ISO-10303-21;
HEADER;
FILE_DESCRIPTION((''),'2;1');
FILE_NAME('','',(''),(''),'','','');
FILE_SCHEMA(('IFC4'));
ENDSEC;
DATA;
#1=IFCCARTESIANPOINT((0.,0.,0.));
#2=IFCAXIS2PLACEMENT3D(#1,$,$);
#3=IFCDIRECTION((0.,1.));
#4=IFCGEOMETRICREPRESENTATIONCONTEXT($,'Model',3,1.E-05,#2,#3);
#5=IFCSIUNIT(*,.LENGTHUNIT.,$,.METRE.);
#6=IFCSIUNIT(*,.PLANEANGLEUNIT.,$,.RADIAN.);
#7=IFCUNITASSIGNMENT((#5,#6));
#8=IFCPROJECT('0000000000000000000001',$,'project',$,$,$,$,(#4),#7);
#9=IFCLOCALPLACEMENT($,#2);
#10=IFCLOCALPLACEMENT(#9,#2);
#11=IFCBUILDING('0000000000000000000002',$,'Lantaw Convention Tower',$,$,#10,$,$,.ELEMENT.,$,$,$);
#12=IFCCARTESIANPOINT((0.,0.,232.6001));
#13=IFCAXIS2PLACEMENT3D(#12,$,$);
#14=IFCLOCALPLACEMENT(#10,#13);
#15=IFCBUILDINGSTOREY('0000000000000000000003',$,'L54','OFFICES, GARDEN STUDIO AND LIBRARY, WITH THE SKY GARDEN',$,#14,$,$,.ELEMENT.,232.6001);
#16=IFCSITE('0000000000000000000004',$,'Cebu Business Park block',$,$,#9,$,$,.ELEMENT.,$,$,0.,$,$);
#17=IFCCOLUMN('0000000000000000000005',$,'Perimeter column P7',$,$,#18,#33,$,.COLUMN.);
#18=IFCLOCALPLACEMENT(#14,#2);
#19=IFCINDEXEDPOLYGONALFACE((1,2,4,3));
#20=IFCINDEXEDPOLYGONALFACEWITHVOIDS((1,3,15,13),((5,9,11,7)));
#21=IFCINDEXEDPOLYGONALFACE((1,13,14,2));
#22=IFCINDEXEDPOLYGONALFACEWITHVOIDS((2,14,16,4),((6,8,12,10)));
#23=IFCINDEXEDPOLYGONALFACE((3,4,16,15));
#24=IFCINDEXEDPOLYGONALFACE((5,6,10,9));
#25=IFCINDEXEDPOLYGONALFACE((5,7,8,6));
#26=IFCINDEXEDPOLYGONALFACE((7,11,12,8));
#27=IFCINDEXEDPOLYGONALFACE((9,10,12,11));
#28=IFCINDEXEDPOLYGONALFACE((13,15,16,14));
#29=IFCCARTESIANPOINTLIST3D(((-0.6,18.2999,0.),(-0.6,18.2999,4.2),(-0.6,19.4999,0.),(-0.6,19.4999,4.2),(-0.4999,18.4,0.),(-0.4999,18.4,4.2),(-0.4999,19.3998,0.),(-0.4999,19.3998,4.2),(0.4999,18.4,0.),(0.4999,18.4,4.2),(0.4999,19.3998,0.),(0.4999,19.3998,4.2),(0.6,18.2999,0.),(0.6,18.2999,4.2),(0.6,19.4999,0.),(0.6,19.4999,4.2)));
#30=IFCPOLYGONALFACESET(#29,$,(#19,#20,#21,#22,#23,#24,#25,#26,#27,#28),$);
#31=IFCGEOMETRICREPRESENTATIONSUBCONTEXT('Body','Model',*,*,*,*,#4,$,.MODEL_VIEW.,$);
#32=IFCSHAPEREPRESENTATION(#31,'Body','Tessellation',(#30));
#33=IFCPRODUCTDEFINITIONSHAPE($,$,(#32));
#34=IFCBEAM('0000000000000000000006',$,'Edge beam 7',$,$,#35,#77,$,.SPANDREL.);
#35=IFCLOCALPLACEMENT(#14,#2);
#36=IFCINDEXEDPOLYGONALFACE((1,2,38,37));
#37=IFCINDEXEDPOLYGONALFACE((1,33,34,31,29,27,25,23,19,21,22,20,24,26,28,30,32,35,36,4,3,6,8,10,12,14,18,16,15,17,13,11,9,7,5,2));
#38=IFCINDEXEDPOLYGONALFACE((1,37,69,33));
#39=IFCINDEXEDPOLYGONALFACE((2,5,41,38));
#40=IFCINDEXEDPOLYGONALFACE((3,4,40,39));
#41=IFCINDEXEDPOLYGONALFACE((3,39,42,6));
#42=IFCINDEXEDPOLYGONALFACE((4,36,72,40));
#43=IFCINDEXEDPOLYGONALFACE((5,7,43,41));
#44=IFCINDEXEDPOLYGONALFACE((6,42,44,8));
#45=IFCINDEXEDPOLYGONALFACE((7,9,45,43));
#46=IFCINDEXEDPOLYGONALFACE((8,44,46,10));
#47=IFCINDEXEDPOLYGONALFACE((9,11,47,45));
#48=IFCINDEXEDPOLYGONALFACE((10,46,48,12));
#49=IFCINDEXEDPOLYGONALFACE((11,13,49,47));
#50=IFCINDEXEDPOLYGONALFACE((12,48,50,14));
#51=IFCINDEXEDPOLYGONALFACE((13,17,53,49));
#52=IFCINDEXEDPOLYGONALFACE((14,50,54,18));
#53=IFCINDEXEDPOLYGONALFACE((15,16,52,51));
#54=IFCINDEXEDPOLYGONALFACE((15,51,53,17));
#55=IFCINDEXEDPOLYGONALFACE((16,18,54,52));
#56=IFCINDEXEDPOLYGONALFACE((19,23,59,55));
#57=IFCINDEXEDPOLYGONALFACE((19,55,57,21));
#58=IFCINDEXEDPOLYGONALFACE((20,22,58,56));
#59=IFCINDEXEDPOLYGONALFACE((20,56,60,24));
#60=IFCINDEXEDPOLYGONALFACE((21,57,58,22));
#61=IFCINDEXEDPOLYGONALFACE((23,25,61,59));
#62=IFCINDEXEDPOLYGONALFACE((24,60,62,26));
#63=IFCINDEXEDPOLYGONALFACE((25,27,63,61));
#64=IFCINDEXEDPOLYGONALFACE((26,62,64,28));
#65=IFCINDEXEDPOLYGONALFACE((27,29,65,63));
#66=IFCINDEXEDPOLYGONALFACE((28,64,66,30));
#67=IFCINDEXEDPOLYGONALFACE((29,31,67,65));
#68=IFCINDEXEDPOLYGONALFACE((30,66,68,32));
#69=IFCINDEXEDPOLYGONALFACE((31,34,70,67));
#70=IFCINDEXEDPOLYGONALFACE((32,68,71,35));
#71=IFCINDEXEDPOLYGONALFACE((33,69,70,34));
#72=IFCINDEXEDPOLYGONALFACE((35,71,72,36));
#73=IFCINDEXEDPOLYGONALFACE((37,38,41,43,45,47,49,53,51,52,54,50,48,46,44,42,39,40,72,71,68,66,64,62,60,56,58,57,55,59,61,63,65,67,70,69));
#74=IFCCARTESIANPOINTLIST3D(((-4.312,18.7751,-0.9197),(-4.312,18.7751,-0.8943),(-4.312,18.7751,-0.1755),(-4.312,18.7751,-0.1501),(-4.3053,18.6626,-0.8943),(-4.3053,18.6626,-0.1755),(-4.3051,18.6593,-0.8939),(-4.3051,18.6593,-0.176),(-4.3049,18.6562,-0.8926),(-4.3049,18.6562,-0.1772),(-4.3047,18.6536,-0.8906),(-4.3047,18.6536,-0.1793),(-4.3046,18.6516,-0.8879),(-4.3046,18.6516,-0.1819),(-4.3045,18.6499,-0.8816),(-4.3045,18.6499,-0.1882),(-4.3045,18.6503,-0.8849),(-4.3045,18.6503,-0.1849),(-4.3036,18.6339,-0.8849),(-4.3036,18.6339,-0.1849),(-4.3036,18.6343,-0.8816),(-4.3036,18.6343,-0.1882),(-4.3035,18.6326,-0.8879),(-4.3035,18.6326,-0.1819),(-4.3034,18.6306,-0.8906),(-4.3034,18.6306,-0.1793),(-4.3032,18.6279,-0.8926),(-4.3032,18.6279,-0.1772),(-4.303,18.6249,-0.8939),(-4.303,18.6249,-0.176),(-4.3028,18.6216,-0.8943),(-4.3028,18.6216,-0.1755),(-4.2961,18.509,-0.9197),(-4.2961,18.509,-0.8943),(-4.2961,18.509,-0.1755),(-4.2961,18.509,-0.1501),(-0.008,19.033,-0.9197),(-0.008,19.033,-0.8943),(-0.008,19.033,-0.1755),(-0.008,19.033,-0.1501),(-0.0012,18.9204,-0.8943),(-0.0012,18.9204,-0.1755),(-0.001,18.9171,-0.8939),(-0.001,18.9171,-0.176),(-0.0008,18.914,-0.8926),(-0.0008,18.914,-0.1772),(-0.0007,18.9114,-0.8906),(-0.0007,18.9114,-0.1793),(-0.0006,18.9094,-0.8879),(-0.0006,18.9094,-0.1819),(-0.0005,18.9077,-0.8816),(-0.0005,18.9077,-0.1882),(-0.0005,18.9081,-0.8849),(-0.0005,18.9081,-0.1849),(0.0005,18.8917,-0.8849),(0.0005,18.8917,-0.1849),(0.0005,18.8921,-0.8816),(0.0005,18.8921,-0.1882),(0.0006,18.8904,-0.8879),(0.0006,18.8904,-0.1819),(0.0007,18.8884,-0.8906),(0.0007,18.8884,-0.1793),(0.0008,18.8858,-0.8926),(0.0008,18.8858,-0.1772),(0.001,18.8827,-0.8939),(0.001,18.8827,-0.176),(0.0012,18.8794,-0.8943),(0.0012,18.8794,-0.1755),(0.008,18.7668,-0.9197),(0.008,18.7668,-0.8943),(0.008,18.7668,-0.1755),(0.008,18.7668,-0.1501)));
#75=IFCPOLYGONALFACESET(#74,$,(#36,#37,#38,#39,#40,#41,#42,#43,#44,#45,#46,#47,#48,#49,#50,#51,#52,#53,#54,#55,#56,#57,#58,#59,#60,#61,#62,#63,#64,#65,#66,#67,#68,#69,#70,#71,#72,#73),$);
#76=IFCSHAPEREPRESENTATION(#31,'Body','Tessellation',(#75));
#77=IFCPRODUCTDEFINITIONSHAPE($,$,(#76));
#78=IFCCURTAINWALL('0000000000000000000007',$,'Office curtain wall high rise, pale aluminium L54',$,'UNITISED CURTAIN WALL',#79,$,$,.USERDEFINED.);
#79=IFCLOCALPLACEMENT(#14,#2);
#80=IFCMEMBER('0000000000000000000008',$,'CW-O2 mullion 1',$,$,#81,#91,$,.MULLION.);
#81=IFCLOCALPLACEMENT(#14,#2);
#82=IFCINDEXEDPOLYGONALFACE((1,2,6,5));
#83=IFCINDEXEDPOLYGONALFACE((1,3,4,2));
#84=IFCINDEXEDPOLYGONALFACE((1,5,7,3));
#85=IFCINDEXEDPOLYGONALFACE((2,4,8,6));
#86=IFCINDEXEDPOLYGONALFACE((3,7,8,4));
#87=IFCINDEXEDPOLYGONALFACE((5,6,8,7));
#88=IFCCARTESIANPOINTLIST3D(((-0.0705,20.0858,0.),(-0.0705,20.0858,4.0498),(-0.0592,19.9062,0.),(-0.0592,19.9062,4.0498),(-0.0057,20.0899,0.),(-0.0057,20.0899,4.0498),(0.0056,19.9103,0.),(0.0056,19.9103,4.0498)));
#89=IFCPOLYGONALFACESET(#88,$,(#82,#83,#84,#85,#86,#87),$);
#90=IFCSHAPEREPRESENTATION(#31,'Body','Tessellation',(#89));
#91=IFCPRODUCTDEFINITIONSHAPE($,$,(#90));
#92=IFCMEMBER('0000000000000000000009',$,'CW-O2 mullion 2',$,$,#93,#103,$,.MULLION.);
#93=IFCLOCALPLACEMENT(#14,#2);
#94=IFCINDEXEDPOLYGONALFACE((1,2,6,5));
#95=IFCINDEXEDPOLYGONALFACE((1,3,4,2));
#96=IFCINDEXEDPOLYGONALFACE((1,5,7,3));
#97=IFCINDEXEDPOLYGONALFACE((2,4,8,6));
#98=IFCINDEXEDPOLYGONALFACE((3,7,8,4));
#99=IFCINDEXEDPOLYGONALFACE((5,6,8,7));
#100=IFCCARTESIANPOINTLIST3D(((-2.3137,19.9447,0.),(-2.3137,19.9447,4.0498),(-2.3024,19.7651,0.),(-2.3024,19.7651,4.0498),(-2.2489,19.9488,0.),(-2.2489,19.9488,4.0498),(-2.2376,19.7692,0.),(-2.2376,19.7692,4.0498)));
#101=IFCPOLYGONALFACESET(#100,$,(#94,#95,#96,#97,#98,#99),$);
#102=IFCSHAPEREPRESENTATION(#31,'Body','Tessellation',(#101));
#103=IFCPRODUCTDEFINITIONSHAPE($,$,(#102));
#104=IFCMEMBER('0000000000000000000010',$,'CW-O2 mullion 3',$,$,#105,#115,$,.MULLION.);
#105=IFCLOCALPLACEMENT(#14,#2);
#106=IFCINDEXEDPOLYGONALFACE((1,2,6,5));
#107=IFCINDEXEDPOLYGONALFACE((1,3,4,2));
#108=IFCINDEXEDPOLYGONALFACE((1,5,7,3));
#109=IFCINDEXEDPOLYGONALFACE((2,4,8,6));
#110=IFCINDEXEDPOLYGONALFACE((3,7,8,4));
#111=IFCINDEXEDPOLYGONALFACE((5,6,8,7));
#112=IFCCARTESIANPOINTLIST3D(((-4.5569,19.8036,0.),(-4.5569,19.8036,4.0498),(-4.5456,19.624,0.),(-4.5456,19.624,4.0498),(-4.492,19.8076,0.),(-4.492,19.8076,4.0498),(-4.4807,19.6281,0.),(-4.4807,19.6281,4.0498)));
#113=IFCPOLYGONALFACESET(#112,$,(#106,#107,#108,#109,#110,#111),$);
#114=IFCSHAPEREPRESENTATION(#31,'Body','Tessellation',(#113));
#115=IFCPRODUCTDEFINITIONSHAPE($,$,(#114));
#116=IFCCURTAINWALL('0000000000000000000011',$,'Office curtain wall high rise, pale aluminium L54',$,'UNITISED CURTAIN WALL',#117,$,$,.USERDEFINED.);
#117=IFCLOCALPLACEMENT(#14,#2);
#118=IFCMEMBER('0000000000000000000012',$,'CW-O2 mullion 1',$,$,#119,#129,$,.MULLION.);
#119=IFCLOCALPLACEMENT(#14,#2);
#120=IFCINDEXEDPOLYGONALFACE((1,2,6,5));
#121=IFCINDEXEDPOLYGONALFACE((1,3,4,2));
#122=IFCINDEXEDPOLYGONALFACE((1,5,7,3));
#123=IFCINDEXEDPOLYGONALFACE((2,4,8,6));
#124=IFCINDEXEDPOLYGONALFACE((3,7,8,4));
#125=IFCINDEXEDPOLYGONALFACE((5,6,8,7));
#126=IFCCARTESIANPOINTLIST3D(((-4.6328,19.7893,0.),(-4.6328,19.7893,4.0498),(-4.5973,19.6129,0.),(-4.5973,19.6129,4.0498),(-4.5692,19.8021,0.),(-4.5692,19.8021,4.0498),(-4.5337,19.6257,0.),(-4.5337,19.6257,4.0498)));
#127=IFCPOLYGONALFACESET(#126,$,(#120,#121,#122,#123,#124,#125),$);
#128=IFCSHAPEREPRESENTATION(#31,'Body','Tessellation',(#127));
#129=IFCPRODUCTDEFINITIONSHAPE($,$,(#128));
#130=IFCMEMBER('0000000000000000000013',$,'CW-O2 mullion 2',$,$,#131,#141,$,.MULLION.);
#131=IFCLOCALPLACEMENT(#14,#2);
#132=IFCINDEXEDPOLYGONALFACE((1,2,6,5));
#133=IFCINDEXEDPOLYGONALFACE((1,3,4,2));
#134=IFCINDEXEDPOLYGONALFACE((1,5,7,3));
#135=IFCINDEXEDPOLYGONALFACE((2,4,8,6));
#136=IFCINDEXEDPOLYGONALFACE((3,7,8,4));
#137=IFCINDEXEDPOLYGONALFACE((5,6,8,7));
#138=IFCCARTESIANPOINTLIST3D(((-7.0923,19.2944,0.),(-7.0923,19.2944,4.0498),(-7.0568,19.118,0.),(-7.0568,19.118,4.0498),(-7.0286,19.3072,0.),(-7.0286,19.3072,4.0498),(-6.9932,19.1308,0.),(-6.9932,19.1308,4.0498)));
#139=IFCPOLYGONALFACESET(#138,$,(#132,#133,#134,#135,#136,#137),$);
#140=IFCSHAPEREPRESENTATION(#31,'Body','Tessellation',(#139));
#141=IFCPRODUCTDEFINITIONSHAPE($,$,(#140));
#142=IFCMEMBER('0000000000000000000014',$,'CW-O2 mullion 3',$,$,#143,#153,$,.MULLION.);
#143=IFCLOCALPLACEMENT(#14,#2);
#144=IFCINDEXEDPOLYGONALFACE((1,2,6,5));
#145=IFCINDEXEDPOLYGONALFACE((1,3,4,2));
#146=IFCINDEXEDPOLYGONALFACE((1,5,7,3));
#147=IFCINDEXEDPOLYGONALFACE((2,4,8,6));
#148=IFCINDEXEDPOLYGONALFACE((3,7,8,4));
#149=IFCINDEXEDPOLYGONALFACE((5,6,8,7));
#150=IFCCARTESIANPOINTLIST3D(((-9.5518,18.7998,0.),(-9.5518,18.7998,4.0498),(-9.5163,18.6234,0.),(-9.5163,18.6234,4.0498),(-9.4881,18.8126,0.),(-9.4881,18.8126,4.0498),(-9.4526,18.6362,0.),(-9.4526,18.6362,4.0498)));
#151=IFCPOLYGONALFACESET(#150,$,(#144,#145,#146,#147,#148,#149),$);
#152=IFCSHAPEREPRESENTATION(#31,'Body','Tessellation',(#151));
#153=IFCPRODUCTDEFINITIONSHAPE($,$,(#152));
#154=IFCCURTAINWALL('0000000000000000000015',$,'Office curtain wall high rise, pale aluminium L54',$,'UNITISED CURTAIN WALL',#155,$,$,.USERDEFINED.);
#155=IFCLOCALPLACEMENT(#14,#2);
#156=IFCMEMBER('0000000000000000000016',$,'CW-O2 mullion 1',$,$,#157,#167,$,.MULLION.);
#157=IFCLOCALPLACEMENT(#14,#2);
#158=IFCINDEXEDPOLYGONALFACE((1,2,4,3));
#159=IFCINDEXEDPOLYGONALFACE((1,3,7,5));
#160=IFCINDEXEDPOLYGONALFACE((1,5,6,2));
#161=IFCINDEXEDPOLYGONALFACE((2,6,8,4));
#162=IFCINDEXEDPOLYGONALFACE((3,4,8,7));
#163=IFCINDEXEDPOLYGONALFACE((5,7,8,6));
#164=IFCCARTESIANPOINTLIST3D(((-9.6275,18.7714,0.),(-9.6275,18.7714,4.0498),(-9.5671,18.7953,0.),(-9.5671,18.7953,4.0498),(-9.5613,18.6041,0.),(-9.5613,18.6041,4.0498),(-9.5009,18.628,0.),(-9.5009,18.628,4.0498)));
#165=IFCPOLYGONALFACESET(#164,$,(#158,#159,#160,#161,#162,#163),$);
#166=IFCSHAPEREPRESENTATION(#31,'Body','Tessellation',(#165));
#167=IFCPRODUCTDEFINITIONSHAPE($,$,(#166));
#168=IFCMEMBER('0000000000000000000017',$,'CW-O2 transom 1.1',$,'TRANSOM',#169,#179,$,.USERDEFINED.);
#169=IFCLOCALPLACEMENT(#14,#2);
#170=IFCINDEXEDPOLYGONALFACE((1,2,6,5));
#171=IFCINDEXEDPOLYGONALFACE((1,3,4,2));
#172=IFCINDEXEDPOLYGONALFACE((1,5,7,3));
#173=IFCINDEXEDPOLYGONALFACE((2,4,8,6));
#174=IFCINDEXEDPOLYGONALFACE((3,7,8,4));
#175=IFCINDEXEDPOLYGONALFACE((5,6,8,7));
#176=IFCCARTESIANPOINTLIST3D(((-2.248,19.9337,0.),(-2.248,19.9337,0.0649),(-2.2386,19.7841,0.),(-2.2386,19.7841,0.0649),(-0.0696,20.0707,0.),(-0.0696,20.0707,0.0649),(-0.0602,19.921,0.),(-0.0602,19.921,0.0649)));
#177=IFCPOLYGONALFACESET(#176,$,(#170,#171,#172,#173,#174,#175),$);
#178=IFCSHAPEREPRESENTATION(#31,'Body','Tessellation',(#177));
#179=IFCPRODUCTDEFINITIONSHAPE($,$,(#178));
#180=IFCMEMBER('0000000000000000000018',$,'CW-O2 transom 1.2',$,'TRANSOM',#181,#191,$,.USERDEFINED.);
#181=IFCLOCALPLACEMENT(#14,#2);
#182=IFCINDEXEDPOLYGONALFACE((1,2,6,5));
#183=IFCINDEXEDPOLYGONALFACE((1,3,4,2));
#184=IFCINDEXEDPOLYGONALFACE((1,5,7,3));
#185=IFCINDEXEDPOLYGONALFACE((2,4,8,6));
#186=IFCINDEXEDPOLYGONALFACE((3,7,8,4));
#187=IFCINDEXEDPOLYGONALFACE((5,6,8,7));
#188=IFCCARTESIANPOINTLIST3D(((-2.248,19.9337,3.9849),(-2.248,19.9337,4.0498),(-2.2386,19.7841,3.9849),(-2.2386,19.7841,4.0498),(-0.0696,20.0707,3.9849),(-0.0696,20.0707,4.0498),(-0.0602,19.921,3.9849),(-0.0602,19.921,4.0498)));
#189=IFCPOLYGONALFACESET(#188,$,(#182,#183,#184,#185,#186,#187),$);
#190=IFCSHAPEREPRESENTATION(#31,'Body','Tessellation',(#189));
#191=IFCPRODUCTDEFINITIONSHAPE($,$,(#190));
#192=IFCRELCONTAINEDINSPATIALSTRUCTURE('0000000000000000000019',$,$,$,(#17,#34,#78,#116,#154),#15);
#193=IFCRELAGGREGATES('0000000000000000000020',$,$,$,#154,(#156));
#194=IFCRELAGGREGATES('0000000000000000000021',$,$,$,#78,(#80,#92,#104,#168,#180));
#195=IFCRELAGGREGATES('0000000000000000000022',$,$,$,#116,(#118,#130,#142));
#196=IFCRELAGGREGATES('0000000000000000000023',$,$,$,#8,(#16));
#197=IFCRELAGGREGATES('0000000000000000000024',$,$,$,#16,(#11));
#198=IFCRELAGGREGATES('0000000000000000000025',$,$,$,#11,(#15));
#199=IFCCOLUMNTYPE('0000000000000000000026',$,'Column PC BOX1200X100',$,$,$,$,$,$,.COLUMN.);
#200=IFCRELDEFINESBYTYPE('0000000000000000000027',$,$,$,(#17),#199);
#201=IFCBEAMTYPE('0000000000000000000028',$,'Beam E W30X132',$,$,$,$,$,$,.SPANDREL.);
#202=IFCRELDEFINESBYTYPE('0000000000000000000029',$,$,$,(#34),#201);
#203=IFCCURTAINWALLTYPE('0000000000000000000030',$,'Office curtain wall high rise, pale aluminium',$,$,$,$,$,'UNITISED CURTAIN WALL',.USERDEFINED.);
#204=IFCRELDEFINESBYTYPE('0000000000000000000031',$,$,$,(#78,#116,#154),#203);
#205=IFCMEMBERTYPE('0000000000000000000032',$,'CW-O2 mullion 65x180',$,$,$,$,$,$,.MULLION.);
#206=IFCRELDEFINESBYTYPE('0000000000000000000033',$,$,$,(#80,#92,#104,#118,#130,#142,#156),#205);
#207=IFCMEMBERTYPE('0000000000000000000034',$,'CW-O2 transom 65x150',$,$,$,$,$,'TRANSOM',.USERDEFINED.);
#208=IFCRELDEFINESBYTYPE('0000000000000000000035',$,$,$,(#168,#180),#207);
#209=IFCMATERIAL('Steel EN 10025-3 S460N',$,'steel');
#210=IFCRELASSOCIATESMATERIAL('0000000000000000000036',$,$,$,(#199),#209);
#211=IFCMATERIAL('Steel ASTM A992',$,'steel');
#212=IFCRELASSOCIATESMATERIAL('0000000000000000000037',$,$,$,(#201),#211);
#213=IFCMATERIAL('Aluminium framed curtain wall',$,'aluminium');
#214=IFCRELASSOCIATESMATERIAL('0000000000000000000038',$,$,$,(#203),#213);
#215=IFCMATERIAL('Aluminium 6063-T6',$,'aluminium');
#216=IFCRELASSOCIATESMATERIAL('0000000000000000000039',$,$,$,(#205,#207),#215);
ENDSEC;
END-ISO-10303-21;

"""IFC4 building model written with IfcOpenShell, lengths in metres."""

from ifc_helpers import new_model, si_unit, direction, frame, origin, origin_2d, place, context, subcontext, project, spatial, rectangle, hollow_rectangle, i_section, extrude, material, material_profile, profile_set, type_object, element, aggregate, save


model = new_model("IFC4")

# Units and contexts
model_context = context("Model", 3, precision=1e-05, world=origin(), true_north=direction((0.0, 1.0)))
body_context = subcontext(model_context, "Body", "Model", "MODEL_VIEW")
ifc_project = project(units=[si_unit("LENGTHUNIT", "METRE"), si_unit("PLANEANGLEUNIT", "RADIAN")], contexts=[model_context])

# Site, building, storey
site_placement = place(None, origin())
site = spatial("IfcSite", under=ifc_project, at=site_placement, Name="Cebu Business Park block", CompositionType="ELEMENT", RefElevation=0.0)
building_placement = place(site_placement, origin())
building = spatial("IfcBuilding", under=site, at=building_placement, Name="Lantaw Convention Tower", CompositionType="ELEMENT")
storey_placement = place(building_placement, frame((0.0, 0.0, 232.6001)))
storey = spatial("IfcBuildingStorey", under=building, at=storey_placement, Name="L54", Description="OFFICES, GARDEN STUDIO AND LIBRARY, WITH THE SKY GARDEN", CompositionType="ELEMENT", Elevation=232.6001)

# Column
ifc_material_1 = material(Name="Steel EN 10025-3 S460N", Category="steel")
ifc_material_profile_1 = material_profile(ifc_material_1, hollow_rectangle(XDim=1.2, YDim=1.2, WallThickness=0.1001, at=origin_2d()), Name="BOX1200X100")
ifc_material_2 = material(Name="Concrete C60/75", Category="concrete")
ifc_material_profile_2 = material_profile(ifc_material_2, rectangle(XDim=1.0, YDim=1.0, at=origin_2d()), Name="Concrete fill of BOX1200X100")
ifc_profile_set_1 = profile_set([ifc_material_profile_1, ifc_material_profile_2], Name="Steel EN 10025-3 S460N")
column_type = type_object("IfcColumnType", Name="Column PC BOX1200X100", PredefinedType="COLUMN", material=ifc_profile_set_1)
column_placement = place(storey_placement, frame((0.0, 18.8999, 0.0), z_axis=(0.0, 0.0, 1.0), x_axis=(1.0, 0.0, 0.0)))
element("IfcColumn", 1, at=column_placement, inside=storey, type_object=column_type, Name="Perimeter column P7", PredefinedType="COLUMN", context=body_context, shape_type="SweptSolid", body=[
    extrude(hollow_rectangle(XDim=1.2, YDim=1.2, WallThickness=0.1001, at=origin_2d()), origin(), (0.0, 0.0, 1.0), 4.2),
])

# Beam
ifc_material_3 = material(Name="Steel ASTM A992", Category="steel")
ifc_material_profile_3 = material_profile(ifc_material_3, i_section(OverallWidth=0.2666, OverallDepth=0.7695, WebThickness=0.0156, FlangeThickness=0.0254, FilletRadius=0.0127, at=origin_2d()), Name="W30X132")
ifc_profile_set_2 = profile_set([ifc_material_profile_3], Name="Steel ASTM A992")
beam_type = type_object("IfcBeamType", Name="Beam E W30X132", PredefinedType="SPANDREL", material=ifc_profile_set_2)
beam_placement = place(storey_placement, frame((0.0, 18.8999, -0.5349), z_axis=(-0.998211, -0.059794, 0.0), x_axis=(0.059794, -0.998211, 0.0)))
element("IfcBeam", 2, at=beam_placement, inside=storey, type_object=beam_type, Name="Edge beam 7", PredefinedType="SPANDREL", context=body_context, shape_type="SweptSolid", body=[
    extrude(i_section(OverallWidth=0.2666, OverallDepth=0.7695, WebThickness=0.0156, FlangeThickness=0.0254, FilletRadius=0.0127, at=origin_2d()), origin(), (0.0, 0.0, 1.0), 4.3118),
])

# Curtain walls, members
ifc_material_4 = material(Name="Aluminium framed curtain wall", Category="aluminium")
curtain_wall_type = type_object("IfcCurtainWallType", Name="Office curtain wall high rise, pale aluminium", ElementType="UNITISED CURTAIN WALL", PredefinedType="USERDEFINED", material=ifc_material_4)
curtain_wall_1_placement = place(storey_placement, origin())
curtain_wall_1 = element("IfcCurtainWall", 3, at=curtain_wall_1_placement, inside=storey, type_object=curtain_wall_type, Name="Office curtain wall high rise, pale aluminium L54", ObjectType="UNITISED CURTAIN WALL", PredefinedType="USERDEFINED")
ifc_material_5 = material(Name="Aluminium 6063-T6", Category="aluminium")
ifc_material_profile_4 = material_profile(ifc_material_5, rectangle(XDim=0.1799, YDim=0.0649, at=origin_2d()), Name="CW-O2 mullion 65x180")
ifc_profile_set_3 = profile_set([ifc_material_profile_4], Name="Aluminium 6063-T6")
member_type_1 = type_object("IfcMemberType", Name="CW-O2 mullion 65x180", PredefinedType="MULLION", material=ifc_profile_set_3)
member_1_placement = place(storey_placement, frame((-0.0325, 19.998, 0.0), z_axis=(0.0, 0.0, 1.0), x_axis=(0.062758, -0.998029, 0.0)))
member_1 = element("IfcMember", 4, at=member_1_placement, type_object=member_type_1, Name="CW-O2 mullion 1", PredefinedType="MULLION", context=body_context, shape_type="SweptSolid", body=[
    extrude(rectangle(XDim=0.1799, YDim=0.0649, at=origin_2d()), origin(), (0.0, 0.0, 1.0), 4.0498),
])
member_2_placement = place(storey_placement, frame((-2.2756, 19.8569, 0.0), z_axis=(0.0, 0.0, 1.0), x_axis=(0.062758, -0.998029, 0.0)))
member_2 = element("IfcMember", 5, at=member_2_placement, type_object=member_type_1, Name="CW-O2 mullion 2", PredefinedType="MULLION", context=body_context, shape_type="SweptSolid", body=[
    extrude(rectangle(XDim=0.1799, YDim=0.0649, at=origin_2d()), origin(), (0.0, 0.0, 1.0), 4.0498),
])
member_3_placement = place(storey_placement, frame((-4.5188, 19.7158, 0.0), z_axis=(0.0, 0.0, 1.0), x_axis=(0.062758, -0.998029, 0.0)))
member_3 = element("IfcMember", 6, at=member_3_placement, type_object=member_type_1, Name="CW-O2 mullion 3", PredefinedType="MULLION", context=body_context, shape_type="SweptSolid", body=[
    extrude(rectangle(XDim=0.1799, YDim=0.0649, at=origin_2d()), origin(), (0.0, 0.0, 1.0), 4.0498),
])
curtain_wall_2_placement = place(storey_placement, origin())
curtain_wall_2 = element("IfcCurtainWall", 7, at=curtain_wall_2_placement, inside=storey, type_object=curtain_wall_type, Name="Office curtain wall high rise, pale aluminium L54", ObjectType="UNITISED CURTAIN WALL", PredefinedType="USERDEFINED")
member_4_placement = place(storey_placement, frame((-4.5833, 19.7075, 0.0), z_axis=(0.0, 0.0, 1.0), x_axis=(0.197183, -0.980367, 0.0)))
member_4 = element("IfcMember", 8, at=member_4_placement, type_object=member_type_1, Name="CW-O2 mullion 1", PredefinedType="MULLION", context=body_context, shape_type="SweptSolid", body=[
    extrude(rectangle(XDim=0.1799, YDim=0.0649, at=origin_2d()), origin(), (0.0, 0.0, 1.0), 4.0498),
])
member_5_placement = place(storey_placement, frame((-7.0427, 19.2126, 0.0), z_axis=(0.0, 0.0, 1.0), x_axis=(0.197183, -0.980367, 0.0)))
member_5 = element("IfcMember", 9, at=member_5_placement, type_object=member_type_1, Name="CW-O2 mullion 2", PredefinedType="MULLION", context=body_context, shape_type="SweptSolid", body=[
    extrude(rectangle(XDim=0.1799, YDim=0.0649, at=origin_2d()), origin(), (0.0, 0.0, 1.0), 4.0498),
])
member_6_placement = place(storey_placement, frame((-9.5022, 18.718, 0.0), z_axis=(0.0, 0.0, 1.0), x_axis=(0.197183, -0.980367, 0.0)))
member_6 = element("IfcMember", 10, at=member_6_placement, type_object=member_type_1, Name="CW-O2 mullion 3", PredefinedType="MULLION", context=body_context, shape_type="SweptSolid", body=[
    extrude(rectangle(XDim=0.1799, YDim=0.0649, at=origin_2d()), origin(), (0.0, 0.0, 1.0), 4.0498),
])

# Curtain wall, member
curtain_wall_3_placement = place(storey_placement, origin())
curtain_wall_3 = element("IfcCurtainWall", 11, at=curtain_wall_3_placement, inside=storey, type_object=curtain_wall_type, Name="Office curtain wall high rise, pale aluminium L54", ObjectType="UNITISED CURTAIN WALL", PredefinedType="USERDEFINED")
member_7_placement = place(storey_placement, frame((-9.5642, 18.6997, 0.0), z_axis=(0.0, 0.0, 1.0), x_axis=(0.368162, -0.929762, 0.0)))
member_7 = element("IfcMember", 12, at=member_7_placement, type_object=member_type_1, Name="CW-O2 mullion 1", PredefinedType="MULLION", context=body_context, shape_type="SweptSolid", body=[
    extrude(rectangle(XDim=0.1799, YDim=0.0649, at=origin_2d()), origin(), (0.0, 0.0, 1.0), 4.0498),
])

# Members
ifc_material_profile_5 = material_profile(ifc_material_5, rectangle(XDim=0.1499, YDim=0.0649, at=origin_2d()), Name="CW-O2 transom 65x150")
ifc_profile_set_4 = profile_set([ifc_material_profile_5], Name="Aluminium 6063-T6")
member_type_2 = type_object("IfcMemberType", Name="CW-O2 transom 65x150", ElementType="TRANSOM", PredefinedType="USERDEFINED", material=ifc_profile_set_4)
member_8_placement = place(storey_placement, frame((-0.0649, 19.9958, 0.0325), z_axis=(-0.998029, -0.062754, 0.0), x_axis=(0.062754, -0.998029, 0.0)))
member_8 = element("IfcMember", 13, at=member_8_placement, type_object=member_type_2, Name="CW-O2 transom 1.1", ObjectType="TRANSOM", PredefinedType="USERDEFINED", context=body_context, shape_type="SweptSolid", body=[
    extrude(rectangle(XDim=0.1499, YDim=0.0649, at=origin_2d()), origin(), (0.0, 0.0, 1.0), 2.1826),
])
member_9_placement = place(storey_placement, frame((-0.0649, 19.9958, 4.0173), z_axis=(-0.998029, -0.062754, 0.0), x_axis=(0.062754, -0.998029, 0.0)))
member_9 = element("IfcMember", 14, at=member_9_placement, type_object=member_type_2, Name="CW-O2 transom 1.2", ObjectType="TRANSOM", PredefinedType="USERDEFINED", context=body_context, shape_type="SweptSolid", body=[
    extrude(rectangle(XDim=0.1499, YDim=0.0649, at=origin_2d()), origin(), (0.0, 0.0, 1.0), 2.1826),
])
aggregate(curtain_wall_3, [member_7])

aggregate(curtain_wall_1, [member_1, member_2, member_3, member_8, member_9])
aggregate(curtain_wall_2, [member_4, member_5, member_6])

save(model, "model.ifc")
